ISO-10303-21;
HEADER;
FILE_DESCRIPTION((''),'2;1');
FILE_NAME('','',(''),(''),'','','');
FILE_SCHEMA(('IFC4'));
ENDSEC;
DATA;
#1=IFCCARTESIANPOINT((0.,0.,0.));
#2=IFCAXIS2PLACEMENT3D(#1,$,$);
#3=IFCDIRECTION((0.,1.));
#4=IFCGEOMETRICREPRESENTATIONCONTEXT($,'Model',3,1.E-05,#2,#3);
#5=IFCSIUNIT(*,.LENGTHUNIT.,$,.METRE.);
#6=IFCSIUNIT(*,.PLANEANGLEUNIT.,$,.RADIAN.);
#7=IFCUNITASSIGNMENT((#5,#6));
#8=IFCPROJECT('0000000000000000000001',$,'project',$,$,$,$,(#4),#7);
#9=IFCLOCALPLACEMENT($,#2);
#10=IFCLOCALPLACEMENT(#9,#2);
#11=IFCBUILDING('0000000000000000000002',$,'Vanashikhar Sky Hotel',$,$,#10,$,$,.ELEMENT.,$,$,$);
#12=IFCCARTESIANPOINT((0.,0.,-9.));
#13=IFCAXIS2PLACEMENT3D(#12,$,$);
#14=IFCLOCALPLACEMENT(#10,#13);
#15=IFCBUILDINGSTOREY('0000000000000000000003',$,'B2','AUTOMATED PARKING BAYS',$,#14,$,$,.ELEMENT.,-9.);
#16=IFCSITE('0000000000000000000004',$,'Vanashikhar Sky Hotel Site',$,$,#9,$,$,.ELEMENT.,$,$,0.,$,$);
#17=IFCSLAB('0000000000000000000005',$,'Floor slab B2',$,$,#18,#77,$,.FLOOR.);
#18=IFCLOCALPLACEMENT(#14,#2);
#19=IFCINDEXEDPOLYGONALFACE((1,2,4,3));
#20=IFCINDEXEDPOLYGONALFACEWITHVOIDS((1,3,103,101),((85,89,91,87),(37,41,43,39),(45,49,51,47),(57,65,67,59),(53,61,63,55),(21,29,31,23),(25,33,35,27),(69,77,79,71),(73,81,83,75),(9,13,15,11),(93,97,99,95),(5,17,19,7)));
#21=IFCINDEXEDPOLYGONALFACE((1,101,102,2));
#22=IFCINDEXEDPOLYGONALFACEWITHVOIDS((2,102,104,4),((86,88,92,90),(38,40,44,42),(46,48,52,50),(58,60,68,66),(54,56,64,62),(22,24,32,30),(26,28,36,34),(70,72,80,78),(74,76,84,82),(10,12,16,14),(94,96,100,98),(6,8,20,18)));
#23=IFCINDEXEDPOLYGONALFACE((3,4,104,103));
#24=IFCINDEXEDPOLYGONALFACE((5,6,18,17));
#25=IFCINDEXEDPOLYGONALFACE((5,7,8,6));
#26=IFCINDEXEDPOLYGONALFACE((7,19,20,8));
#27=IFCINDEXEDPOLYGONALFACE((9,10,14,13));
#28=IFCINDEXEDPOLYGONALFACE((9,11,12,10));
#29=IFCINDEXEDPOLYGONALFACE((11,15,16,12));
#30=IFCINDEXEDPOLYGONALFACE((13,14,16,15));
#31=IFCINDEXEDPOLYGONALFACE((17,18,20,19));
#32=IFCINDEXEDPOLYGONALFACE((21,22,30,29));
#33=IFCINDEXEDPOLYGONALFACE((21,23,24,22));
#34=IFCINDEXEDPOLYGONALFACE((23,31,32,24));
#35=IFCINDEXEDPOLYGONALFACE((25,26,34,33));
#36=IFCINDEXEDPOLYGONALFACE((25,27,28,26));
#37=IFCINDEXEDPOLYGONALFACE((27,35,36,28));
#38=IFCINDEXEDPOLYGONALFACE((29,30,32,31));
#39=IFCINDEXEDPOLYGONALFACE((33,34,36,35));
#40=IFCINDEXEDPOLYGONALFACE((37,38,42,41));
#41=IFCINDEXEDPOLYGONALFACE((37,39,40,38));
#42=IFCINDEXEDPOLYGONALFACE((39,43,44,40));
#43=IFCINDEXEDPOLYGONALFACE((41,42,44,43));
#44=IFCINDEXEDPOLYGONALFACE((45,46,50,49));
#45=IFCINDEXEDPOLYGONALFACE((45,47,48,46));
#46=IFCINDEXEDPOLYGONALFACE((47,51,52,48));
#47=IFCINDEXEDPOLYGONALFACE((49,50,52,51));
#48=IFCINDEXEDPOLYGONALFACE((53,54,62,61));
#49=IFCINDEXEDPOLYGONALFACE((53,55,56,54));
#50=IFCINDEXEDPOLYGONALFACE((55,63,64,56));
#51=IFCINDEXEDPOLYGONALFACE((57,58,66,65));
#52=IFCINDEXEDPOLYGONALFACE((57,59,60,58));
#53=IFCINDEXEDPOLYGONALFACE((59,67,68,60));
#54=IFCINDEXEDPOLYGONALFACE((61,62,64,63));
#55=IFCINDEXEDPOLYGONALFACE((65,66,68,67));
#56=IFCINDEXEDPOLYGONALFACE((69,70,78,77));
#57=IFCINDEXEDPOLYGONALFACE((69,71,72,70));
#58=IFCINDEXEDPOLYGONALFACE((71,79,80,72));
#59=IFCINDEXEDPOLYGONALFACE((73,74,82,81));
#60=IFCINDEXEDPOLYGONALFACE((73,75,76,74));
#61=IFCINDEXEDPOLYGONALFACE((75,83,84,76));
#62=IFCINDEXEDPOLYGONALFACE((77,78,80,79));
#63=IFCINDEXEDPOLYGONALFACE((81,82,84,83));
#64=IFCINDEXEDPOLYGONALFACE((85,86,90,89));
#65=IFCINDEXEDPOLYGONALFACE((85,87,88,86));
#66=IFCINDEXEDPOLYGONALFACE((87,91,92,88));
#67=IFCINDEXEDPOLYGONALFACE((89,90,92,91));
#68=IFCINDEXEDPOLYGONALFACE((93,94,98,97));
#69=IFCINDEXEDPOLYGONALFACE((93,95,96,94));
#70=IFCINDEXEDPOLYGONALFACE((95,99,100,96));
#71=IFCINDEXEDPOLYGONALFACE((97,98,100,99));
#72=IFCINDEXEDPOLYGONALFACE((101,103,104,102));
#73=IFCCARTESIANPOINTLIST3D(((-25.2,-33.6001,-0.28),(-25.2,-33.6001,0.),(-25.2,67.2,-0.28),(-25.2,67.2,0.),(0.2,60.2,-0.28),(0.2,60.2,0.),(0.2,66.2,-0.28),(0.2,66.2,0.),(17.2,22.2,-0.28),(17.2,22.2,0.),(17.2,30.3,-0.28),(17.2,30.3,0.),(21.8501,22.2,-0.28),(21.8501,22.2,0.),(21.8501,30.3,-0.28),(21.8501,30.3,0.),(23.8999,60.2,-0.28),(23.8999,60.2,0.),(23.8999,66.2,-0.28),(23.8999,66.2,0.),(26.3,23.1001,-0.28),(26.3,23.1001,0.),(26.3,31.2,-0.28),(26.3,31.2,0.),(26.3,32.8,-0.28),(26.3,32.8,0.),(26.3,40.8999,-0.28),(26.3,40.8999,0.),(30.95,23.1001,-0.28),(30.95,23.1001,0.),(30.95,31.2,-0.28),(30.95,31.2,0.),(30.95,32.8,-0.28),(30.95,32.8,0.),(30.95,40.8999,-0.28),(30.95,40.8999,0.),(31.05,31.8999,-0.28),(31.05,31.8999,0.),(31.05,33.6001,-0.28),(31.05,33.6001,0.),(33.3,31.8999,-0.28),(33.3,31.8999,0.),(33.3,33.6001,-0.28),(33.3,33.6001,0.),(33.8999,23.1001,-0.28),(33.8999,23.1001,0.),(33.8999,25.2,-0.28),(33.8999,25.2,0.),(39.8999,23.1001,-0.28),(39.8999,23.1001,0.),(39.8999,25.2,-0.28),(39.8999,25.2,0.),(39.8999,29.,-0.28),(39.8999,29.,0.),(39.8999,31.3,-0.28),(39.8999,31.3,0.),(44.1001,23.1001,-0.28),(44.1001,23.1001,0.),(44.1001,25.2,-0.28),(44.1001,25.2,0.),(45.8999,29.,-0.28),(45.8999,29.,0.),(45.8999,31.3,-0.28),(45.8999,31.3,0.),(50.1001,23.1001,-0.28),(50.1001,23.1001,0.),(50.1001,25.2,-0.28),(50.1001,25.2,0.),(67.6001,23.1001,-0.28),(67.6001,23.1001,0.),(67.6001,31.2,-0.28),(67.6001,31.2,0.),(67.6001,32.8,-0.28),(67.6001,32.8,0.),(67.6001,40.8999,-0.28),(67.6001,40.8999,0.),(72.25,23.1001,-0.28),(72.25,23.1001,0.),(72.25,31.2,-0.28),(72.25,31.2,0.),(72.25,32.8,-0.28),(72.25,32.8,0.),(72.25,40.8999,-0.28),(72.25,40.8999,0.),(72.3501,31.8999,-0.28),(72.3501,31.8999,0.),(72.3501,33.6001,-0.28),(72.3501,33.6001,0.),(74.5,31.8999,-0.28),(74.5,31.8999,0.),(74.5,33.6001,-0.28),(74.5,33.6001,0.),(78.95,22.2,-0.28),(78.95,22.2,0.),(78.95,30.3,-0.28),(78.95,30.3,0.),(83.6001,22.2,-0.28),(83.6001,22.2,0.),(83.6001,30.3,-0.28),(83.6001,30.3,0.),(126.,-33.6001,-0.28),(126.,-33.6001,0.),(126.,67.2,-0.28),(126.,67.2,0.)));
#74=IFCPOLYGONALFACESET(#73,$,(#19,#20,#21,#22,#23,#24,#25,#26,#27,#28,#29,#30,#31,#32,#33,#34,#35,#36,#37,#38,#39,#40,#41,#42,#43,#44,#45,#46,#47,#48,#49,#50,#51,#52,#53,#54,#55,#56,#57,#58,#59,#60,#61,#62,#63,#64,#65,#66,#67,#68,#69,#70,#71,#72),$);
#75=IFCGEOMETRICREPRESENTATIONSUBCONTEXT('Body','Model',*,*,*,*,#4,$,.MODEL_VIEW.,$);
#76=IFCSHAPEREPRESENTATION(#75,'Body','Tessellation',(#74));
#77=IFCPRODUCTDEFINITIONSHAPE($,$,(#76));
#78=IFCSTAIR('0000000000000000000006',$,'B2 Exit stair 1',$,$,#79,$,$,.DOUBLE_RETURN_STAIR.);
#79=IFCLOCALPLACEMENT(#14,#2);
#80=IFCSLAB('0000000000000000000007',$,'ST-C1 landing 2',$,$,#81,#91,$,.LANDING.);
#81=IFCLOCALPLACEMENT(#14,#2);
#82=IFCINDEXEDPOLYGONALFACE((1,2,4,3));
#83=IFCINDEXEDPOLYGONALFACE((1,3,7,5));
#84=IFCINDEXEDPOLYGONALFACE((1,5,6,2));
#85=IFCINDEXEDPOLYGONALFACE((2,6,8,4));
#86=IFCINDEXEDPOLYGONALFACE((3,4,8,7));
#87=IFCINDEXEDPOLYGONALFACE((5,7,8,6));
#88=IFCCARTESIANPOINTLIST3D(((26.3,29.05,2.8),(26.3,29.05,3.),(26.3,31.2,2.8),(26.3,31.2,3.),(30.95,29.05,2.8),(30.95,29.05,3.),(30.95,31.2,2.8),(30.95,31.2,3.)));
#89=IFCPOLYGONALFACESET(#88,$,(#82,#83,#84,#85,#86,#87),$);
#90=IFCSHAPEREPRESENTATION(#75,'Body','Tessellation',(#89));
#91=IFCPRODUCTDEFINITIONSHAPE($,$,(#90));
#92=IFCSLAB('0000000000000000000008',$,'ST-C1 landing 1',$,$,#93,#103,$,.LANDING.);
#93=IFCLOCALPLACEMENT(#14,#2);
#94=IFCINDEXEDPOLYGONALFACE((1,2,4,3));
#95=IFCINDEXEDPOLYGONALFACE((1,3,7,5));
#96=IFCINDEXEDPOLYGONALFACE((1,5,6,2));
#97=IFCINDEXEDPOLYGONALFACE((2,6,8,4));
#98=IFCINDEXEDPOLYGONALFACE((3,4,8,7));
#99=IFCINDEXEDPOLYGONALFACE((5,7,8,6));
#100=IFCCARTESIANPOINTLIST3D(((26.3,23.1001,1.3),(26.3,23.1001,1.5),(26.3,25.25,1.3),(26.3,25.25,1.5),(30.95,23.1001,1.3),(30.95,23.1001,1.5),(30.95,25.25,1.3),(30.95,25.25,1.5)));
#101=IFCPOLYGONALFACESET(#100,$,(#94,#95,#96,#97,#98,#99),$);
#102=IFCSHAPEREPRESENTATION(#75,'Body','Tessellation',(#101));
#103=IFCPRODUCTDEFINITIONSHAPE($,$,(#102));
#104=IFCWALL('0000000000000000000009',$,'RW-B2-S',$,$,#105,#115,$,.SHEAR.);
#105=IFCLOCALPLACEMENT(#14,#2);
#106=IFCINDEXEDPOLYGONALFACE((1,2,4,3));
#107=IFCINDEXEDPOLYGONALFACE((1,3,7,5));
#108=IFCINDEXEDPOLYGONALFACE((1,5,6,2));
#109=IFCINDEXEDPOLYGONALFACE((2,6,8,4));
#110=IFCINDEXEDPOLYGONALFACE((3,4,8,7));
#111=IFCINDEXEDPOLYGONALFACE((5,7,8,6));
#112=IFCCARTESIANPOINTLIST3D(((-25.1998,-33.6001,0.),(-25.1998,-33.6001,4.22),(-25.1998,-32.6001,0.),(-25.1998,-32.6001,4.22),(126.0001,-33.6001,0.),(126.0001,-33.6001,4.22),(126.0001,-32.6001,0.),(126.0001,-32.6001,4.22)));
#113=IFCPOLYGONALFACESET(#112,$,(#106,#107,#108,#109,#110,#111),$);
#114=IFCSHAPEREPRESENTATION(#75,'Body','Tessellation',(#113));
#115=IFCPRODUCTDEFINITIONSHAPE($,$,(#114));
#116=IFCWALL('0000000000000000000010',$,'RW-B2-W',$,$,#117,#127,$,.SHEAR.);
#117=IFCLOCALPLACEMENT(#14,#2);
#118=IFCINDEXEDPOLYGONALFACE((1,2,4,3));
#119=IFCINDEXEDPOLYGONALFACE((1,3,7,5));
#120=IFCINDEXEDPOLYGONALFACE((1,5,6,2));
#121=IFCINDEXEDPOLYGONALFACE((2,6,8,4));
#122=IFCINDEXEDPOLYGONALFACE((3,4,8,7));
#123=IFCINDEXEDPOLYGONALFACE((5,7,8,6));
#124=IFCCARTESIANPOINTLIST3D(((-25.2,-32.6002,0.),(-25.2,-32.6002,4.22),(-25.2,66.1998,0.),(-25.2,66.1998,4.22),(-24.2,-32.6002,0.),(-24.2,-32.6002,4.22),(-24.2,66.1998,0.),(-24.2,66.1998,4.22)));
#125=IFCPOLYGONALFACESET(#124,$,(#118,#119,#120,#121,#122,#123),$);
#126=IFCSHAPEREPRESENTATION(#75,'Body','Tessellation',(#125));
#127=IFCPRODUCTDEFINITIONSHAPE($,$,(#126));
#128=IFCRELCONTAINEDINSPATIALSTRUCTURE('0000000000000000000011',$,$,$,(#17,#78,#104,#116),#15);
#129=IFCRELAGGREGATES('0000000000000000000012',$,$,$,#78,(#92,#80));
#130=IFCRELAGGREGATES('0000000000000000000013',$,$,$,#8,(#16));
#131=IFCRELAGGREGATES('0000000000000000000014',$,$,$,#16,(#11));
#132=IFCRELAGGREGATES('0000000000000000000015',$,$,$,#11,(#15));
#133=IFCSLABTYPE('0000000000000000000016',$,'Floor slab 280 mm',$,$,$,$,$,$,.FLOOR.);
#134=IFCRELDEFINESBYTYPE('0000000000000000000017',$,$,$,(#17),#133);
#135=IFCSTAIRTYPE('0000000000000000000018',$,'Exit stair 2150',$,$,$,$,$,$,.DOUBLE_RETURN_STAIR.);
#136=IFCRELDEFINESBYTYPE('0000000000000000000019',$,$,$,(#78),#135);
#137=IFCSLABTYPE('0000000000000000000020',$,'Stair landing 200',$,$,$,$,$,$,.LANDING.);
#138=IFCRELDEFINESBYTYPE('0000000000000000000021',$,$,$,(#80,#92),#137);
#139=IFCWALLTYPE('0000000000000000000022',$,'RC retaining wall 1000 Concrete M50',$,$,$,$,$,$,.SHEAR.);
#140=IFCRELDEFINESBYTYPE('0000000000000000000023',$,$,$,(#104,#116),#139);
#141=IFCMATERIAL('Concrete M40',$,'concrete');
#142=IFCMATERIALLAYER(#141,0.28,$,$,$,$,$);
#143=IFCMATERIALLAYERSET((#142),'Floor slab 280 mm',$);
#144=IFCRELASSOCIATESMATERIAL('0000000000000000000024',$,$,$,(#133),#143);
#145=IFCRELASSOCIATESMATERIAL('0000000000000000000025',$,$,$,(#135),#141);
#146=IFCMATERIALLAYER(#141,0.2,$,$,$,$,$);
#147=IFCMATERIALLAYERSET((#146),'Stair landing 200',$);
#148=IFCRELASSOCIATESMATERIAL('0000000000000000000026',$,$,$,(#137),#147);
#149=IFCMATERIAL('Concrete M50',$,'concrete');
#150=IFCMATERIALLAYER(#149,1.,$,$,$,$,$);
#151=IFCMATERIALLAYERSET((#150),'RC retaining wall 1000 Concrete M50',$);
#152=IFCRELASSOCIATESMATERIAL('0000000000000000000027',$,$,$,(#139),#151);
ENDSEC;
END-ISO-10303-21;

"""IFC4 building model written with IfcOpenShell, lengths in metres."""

from ifc_helpers import new_model, si_unit, direction, frame, frame_2d, origin, place, context, subcontext, project, spatial, polyline, rectangle, outline, extrude, source, transform, mapped, material, layer, layer_set, type_object, element, aggregate, save


model = new_model("IFC4")

# Units and contexts
model_context = context("Model", 3, precision=1e-05, world=origin(), true_north=direction((0.0, 1.0)))
body_context = subcontext(model_context, "Body", "Model", "MODEL_VIEW")
ifc_project = project(units=[si_unit("LENGTHUNIT", "METRE"), si_unit("PLANEANGLEUNIT", "RADIAN")], contexts=[model_context])

# Site, building, storey
site_placement = place(None, origin())
site = spatial("IfcSite", under=ifc_project, at=site_placement, Name="Vanashikhar Sky Hotel Site", CompositionType="ELEMENT", RefElevation=0.0)
building_placement = place(site_placement, origin())
building = spatial("IfcBuilding", under=site, at=building_placement, Name="Vanashikhar Sky Hotel", CompositionType="ELEMENT")
storey_placement = place(building_placement, frame((0.0, 0.0, -9.0)))
storey = spatial("IfcBuildingStorey", under=building, at=storey_placement, Name="B2", Description="AUTOMATED PARKING BAYS", CompositionType="ELEMENT", Elevation=-9.0)

# Slab
ifc_material_1 = material(Name="Concrete M40", Category="concrete")
ifc_layer_1 = layer(ifc_material_1, 0.28)
ifc_layer_set_1 = layer_set([ifc_layer_1], Name="Floor slab 280 mm")
slab_type_1 = type_object("IfcSlabType", Name="Floor slab 280 mm", PredefinedType="FLOOR", material=ifc_layer_set_1)
shared_shape_1 = source(origin(), body_context, "Body", "SweptSolid", [
    extrude(outline(polyline([(-25.2, -33.6001), (126.0, -33.6001), (126.0, 67.2), (-25.2, 67.2), (-25.2, -33.6001)]), holes=[polyline([(31.05, 33.6001), (31.05, 31.8999), (33.3, 31.8999), (33.3, 33.6001), (31.05, 33.6001)]), polyline([(33.8999, 25.2), (33.8999, 23.1001), (39.8999, 23.1001), (39.8999, 25.2), (33.8999, 25.2)]), polyline([(39.8999, 31.3), (39.8999, 29.0), (45.8999, 29.0), (45.8999, 31.3), (39.8999, 31.3)]), polyline([(44.1001, 25.2), (44.1001, 23.1001), (50.1001, 23.1001), (50.1001, 25.2), (44.1001, 25.2)]), polyline([(72.3501, 33.6001), (72.3501, 31.8999), (74.5, 31.8999), (74.5, 33.6001), (72.3501, 33.6001)]), polyline([(30.95, 23.1001), (30.95, 31.2), (26.3, 31.2), (26.3, 23.1001), (30.95, 23.1001)]), polyline([(72.25, 23.1001), (72.25, 31.2), (67.6001, 31.2), (67.6001, 23.1001), (72.25, 23.1001)]), polyline([(30.95, 32.8), (30.95, 40.8999), (26.3, 40.8999), (26.3, 32.8), (30.95, 32.8)]), polyline([(72.25, 32.8), (72.25, 40.8999), (67.6001, 40.8999), (67.6001, 32.8), (72.25, 32.8)]), polyline([(83.6001, 22.2), (83.6001, 30.3), (78.95, 30.3), (78.95, 22.2), (83.6001, 22.2)]), polyline([(21.8501, 22.2), (21.8501, 30.3), (17.2, 30.3), (17.2, 22.2), (21.8501, 22.2)]), polyline([(0.2, 60.2), (23.8999, 60.2), (23.8999, 66.2), (0.2, 66.2), (0.2, 60.2)])]), origin(), (0.0, 0.0, 1.0), 0.28),
])
slab_1_placement = place(storey_placement, frame((0.0, 0.0, -0.28)))
element("IfcSlab", 1, at=slab_1_placement, inside=storey, type_object=slab_type_1, Name="Floor slab B2", PredefinedType="FLOOR", context=body_context, shape_type="MappedRepresentation", body=[
    mapped(shared_shape_1, transform((0.0, 0.0, 0.0), scale=1.0)),
])

# Stair, slabs
stair_type = type_object("IfcStairType", Name="Exit stair 2150", PredefinedType="DOUBLE_RETURN_STAIR", material=ifc_material_1)
stair_placement = place(storey_placement, origin())
stair = element("IfcStair", 2, at=stair_placement, inside=storey, type_object=stair_type, Name="B2 Exit stair 1", PredefinedType="DOUBLE_RETURN_STAIR")
ifc_layer_2 = layer(ifc_material_1, 0.2)
ifc_layer_set_2 = layer_set([ifc_layer_2], Name="Stair landing 200")
slab_type_2 = type_object("IfcSlabType", Name="Stair landing 200", PredefinedType="LANDING", material=ifc_layer_set_2)
shared_shape_2 = source(origin(), body_context, "Body", "SweptSolid", [
    extrude(outline(polyline([(30.95, 29.05), (30.95, 31.2), (26.3, 31.2), (26.3, 29.05), (30.95, 29.05)])), origin(), (0.0, 0.0, 1.0), 0.2),
])
slab_2_placement = place(storey_placement, frame((0.0, 0.0, 2.8)))
slab_2 = element("IfcSlab", 3, at=slab_2_placement, type_object=slab_type_2, Name="ST-C1 landing 2", PredefinedType="LANDING", context=body_context, shape_type="MappedRepresentation", body=[
    mapped(shared_shape_2, transform((0.0, 0.0, 0.0), scale=1.0)),
])
shared_shape_3 = source(origin(), body_context, "Body", "SweptSolid", [
    extrude(outline(polyline([(30.95, 23.1001), (30.95, 25.25), (26.3, 25.25), (26.3, 23.1001), (30.95, 23.1001)])), origin(), (0.0, 0.0, 1.0), 0.2),
])
slab_3_placement = place(storey_placement, frame((0.0, 0.0, 1.3)))
slab_3 = element("IfcSlab", 4, at=slab_3_placement, type_object=slab_type_2, Name="ST-C1 landing 1", PredefinedType="LANDING", context=body_context, shape_type="MappedRepresentation", body=[
    mapped(shared_shape_3, transform((0.0, 0.0, 0.0), scale=1.0)),
])
aggregate(stair, [slab_3, slab_2])

# Walls
ifc_material_2 = material(Name="Concrete M50", Category="concrete")
ifc_layer_3 = layer(ifc_material_2, 1.0)
ifc_layer_set_3 = layer_set([ifc_layer_3], Name="RC retaining wall 1000 Concrete M50")
wall_type = type_object("IfcWallType", Name="RC retaining wall 1000 Concrete M50", PredefinedType="SHEAR", material=ifc_layer_set_3)
shared_shape_4 = source(origin(), body_context, "Body", "SweptSolid", [
    extrude(rectangle(XDim=151.2, YDim=1.0, at=frame_2d((75.6001, 0.0))), origin(), (0.0, 0.0, 1.0), 4.22),
])
wall_1_placement = place(storey_placement, frame((-25.2, -33.1001, 0.0), z_axis=(0.0, 0.0, 1.0), x_axis=(1.0, 0.0, 0.0)))
element("IfcWall", 5, at=wall_1_placement, inside=storey, type_object=wall_type, Name="RW-B2-S", PredefinedType="SHEAR", context=body_context, shape_type="MappedRepresentation", body=[
    mapped(shared_shape_4, transform((0.0, 0.0, 0.0), scale=1.0)),
])
shared_shape_5 = source(origin(), body_context, "Body", "SweptSolid", [
    extrude(rectangle(XDim=98.8, YDim=1.0, at=frame_2d((49.3999, 0.0))), origin(), (0.0, 0.0, 1.0), 4.22),
])
wall_2_placement = place(storey_placement, frame((-24.7, -32.6001, 0.0), z_axis=(0.0, 0.0, 1.0), x_axis=(0.0, 1.0, 0.0)))
element("IfcWall", 6, at=wall_2_placement, inside=storey, type_object=wall_type, Name="RW-B2-W", PredefinedType="SHEAR", context=body_context, shape_type="MappedRepresentation", body=[
    mapped(shared_shape_5, transform((0.0, 0.0, 0.0), scale=1.0)),
])

save(model, "model.ifc")
